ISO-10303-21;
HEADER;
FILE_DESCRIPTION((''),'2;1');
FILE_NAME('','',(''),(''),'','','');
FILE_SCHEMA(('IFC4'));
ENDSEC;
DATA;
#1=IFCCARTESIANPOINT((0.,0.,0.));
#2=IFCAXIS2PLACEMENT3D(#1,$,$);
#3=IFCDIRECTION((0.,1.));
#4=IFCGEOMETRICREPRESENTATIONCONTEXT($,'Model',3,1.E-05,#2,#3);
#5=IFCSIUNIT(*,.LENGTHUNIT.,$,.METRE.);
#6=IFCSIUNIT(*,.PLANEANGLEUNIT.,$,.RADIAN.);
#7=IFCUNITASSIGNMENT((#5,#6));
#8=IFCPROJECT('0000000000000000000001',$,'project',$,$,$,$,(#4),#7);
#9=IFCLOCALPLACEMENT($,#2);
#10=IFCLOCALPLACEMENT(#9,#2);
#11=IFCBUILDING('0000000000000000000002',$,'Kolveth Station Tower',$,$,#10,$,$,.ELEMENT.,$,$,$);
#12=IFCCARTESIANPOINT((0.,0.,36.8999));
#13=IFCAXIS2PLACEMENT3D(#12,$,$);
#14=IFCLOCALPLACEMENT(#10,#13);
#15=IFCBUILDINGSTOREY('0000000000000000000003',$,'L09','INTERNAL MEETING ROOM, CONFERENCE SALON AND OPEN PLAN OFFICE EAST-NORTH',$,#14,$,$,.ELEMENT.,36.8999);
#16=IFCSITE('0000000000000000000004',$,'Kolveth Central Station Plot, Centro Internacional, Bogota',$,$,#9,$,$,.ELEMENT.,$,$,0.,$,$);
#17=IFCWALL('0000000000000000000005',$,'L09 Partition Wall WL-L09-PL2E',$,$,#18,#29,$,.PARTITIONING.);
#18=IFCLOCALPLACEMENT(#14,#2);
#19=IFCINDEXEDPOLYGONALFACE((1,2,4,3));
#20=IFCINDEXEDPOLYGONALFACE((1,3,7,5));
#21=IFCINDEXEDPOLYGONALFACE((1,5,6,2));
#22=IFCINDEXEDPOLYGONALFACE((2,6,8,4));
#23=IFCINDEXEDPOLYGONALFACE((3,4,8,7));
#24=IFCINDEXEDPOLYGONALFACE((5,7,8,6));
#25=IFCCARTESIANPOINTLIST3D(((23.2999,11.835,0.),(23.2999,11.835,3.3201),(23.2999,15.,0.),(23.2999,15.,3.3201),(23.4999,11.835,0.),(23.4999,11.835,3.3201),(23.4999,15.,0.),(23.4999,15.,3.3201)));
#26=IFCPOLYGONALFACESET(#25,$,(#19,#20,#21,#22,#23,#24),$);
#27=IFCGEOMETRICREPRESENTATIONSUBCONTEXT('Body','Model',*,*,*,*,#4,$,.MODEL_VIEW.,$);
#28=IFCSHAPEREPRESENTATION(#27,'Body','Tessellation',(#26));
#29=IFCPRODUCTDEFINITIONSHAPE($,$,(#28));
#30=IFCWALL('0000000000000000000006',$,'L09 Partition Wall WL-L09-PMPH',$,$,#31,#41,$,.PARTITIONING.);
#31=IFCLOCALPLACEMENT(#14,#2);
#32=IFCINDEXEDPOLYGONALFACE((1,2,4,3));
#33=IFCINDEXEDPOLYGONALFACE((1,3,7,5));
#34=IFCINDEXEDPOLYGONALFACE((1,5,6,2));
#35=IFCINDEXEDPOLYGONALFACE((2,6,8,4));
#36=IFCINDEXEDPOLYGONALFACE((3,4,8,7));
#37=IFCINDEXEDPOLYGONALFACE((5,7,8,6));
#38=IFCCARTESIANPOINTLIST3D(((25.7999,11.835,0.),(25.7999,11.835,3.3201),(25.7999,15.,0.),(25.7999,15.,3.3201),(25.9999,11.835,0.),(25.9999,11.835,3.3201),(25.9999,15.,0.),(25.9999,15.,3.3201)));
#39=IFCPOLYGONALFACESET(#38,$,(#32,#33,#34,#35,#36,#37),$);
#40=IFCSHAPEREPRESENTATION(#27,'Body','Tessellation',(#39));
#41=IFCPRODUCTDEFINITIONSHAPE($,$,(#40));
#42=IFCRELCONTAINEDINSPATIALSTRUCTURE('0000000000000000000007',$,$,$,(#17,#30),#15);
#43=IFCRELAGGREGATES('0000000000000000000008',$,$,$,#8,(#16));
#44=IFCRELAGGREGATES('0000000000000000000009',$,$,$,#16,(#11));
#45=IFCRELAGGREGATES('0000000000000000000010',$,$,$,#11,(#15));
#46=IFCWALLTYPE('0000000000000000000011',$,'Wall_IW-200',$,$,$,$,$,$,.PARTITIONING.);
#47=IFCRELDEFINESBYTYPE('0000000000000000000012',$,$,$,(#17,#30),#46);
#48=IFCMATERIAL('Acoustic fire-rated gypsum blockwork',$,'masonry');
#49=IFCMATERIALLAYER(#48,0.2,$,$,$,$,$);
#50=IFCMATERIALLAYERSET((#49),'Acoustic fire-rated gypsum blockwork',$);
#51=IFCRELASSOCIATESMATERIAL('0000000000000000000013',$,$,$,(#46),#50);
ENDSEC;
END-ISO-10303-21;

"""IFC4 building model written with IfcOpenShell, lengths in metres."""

from ifc_helpers import new_model, si_unit, direction, frame, frame_2d, origin, place, context, subcontext, project, spatial, rectangle, extrude, material, layer, layer_set, type_object, element, save


model = new_model("IFC4")

# Units and contexts
model_context = context("Model", 3, precision=1e-05, world=origin(), true_north=direction((0.0, 1.0)))
body_context = subcontext(model_context, "Body", "Model", "MODEL_VIEW")
ifc_project = project(units=[si_unit("LENGTHUNIT", "METRE"), si_unit("PLANEANGLEUNIT", "RADIAN")], contexts=[model_context])

# Site, building, storey
site_placement = place(None, origin())
site = spatial("IfcSite", under=ifc_project, at=site_placement, Name="Kolveth Central Station Plot, Centro Internacional, Bogota", CompositionType="ELEMENT", RefElevation=0.0)
building_placement = place(site_placement, origin())
building = spatial("IfcBuilding", under=site, at=building_placement, Name="Kolveth Station Tower", CompositionType="ELEMENT")
storey_placement = place(building_placement, frame((0.0, 0.0, 36.8999)))
storey = spatial("IfcBuildingStorey", under=building, at=storey_placement, Name="L09", Description="INTERNAL MEETING ROOM, CONFERENCE SALON AND OPEN PLAN OFFICE EAST-NORTH", CompositionType="ELEMENT", Elevation=36.8999)

# Shared definitions
ifc_material_1 = material(Name="Acoustic fire-rated gypsum blockwork", Category="masonry")
ifc_layer_1 = layer(ifc_material_1, 0.2)
ifc_layer_set_1 = layer_set([ifc_layer_1], Name="Acoustic fire-rated gypsum blockwork")
wall_type_1 = type_object("IfcWallType", Name="Wall_IW-200", PredefinedType="PARTITIONING", material=ifc_layer_set_1)

# Walls
for number, where, z_axis, x_axis, name in (
    (1, (23.3999, 11.835, 0.0), (0.0, 0.0, 1.0), (0.0, 1.0, 0.0), "L09 Partition Wall WL-L09-PL2E"),
    (2, (25.8999, 11.835, 0.0), (0.0, 0.0, 1.0), (0.0, 1.0, 0.0), "L09 Partition Wall WL-L09-PMPH"),
):
    element("IfcWall", number, at=place(storey_placement, frame(where, z_axis=z_axis, x_axis=x_axis)), inside=storey, type_object=wall_type_1, Name=name, PredefinedType="PARTITIONING", context=body_context, shape_type="SweptSolid", body=[
        extrude(rectangle(XDim=3.165, YDim=0.2, at=frame_2d((1.5825, 0.0))), origin(), (0.0, 0.0, 1.0), 3.3201),
    ])

save(model, "model.ifc")
